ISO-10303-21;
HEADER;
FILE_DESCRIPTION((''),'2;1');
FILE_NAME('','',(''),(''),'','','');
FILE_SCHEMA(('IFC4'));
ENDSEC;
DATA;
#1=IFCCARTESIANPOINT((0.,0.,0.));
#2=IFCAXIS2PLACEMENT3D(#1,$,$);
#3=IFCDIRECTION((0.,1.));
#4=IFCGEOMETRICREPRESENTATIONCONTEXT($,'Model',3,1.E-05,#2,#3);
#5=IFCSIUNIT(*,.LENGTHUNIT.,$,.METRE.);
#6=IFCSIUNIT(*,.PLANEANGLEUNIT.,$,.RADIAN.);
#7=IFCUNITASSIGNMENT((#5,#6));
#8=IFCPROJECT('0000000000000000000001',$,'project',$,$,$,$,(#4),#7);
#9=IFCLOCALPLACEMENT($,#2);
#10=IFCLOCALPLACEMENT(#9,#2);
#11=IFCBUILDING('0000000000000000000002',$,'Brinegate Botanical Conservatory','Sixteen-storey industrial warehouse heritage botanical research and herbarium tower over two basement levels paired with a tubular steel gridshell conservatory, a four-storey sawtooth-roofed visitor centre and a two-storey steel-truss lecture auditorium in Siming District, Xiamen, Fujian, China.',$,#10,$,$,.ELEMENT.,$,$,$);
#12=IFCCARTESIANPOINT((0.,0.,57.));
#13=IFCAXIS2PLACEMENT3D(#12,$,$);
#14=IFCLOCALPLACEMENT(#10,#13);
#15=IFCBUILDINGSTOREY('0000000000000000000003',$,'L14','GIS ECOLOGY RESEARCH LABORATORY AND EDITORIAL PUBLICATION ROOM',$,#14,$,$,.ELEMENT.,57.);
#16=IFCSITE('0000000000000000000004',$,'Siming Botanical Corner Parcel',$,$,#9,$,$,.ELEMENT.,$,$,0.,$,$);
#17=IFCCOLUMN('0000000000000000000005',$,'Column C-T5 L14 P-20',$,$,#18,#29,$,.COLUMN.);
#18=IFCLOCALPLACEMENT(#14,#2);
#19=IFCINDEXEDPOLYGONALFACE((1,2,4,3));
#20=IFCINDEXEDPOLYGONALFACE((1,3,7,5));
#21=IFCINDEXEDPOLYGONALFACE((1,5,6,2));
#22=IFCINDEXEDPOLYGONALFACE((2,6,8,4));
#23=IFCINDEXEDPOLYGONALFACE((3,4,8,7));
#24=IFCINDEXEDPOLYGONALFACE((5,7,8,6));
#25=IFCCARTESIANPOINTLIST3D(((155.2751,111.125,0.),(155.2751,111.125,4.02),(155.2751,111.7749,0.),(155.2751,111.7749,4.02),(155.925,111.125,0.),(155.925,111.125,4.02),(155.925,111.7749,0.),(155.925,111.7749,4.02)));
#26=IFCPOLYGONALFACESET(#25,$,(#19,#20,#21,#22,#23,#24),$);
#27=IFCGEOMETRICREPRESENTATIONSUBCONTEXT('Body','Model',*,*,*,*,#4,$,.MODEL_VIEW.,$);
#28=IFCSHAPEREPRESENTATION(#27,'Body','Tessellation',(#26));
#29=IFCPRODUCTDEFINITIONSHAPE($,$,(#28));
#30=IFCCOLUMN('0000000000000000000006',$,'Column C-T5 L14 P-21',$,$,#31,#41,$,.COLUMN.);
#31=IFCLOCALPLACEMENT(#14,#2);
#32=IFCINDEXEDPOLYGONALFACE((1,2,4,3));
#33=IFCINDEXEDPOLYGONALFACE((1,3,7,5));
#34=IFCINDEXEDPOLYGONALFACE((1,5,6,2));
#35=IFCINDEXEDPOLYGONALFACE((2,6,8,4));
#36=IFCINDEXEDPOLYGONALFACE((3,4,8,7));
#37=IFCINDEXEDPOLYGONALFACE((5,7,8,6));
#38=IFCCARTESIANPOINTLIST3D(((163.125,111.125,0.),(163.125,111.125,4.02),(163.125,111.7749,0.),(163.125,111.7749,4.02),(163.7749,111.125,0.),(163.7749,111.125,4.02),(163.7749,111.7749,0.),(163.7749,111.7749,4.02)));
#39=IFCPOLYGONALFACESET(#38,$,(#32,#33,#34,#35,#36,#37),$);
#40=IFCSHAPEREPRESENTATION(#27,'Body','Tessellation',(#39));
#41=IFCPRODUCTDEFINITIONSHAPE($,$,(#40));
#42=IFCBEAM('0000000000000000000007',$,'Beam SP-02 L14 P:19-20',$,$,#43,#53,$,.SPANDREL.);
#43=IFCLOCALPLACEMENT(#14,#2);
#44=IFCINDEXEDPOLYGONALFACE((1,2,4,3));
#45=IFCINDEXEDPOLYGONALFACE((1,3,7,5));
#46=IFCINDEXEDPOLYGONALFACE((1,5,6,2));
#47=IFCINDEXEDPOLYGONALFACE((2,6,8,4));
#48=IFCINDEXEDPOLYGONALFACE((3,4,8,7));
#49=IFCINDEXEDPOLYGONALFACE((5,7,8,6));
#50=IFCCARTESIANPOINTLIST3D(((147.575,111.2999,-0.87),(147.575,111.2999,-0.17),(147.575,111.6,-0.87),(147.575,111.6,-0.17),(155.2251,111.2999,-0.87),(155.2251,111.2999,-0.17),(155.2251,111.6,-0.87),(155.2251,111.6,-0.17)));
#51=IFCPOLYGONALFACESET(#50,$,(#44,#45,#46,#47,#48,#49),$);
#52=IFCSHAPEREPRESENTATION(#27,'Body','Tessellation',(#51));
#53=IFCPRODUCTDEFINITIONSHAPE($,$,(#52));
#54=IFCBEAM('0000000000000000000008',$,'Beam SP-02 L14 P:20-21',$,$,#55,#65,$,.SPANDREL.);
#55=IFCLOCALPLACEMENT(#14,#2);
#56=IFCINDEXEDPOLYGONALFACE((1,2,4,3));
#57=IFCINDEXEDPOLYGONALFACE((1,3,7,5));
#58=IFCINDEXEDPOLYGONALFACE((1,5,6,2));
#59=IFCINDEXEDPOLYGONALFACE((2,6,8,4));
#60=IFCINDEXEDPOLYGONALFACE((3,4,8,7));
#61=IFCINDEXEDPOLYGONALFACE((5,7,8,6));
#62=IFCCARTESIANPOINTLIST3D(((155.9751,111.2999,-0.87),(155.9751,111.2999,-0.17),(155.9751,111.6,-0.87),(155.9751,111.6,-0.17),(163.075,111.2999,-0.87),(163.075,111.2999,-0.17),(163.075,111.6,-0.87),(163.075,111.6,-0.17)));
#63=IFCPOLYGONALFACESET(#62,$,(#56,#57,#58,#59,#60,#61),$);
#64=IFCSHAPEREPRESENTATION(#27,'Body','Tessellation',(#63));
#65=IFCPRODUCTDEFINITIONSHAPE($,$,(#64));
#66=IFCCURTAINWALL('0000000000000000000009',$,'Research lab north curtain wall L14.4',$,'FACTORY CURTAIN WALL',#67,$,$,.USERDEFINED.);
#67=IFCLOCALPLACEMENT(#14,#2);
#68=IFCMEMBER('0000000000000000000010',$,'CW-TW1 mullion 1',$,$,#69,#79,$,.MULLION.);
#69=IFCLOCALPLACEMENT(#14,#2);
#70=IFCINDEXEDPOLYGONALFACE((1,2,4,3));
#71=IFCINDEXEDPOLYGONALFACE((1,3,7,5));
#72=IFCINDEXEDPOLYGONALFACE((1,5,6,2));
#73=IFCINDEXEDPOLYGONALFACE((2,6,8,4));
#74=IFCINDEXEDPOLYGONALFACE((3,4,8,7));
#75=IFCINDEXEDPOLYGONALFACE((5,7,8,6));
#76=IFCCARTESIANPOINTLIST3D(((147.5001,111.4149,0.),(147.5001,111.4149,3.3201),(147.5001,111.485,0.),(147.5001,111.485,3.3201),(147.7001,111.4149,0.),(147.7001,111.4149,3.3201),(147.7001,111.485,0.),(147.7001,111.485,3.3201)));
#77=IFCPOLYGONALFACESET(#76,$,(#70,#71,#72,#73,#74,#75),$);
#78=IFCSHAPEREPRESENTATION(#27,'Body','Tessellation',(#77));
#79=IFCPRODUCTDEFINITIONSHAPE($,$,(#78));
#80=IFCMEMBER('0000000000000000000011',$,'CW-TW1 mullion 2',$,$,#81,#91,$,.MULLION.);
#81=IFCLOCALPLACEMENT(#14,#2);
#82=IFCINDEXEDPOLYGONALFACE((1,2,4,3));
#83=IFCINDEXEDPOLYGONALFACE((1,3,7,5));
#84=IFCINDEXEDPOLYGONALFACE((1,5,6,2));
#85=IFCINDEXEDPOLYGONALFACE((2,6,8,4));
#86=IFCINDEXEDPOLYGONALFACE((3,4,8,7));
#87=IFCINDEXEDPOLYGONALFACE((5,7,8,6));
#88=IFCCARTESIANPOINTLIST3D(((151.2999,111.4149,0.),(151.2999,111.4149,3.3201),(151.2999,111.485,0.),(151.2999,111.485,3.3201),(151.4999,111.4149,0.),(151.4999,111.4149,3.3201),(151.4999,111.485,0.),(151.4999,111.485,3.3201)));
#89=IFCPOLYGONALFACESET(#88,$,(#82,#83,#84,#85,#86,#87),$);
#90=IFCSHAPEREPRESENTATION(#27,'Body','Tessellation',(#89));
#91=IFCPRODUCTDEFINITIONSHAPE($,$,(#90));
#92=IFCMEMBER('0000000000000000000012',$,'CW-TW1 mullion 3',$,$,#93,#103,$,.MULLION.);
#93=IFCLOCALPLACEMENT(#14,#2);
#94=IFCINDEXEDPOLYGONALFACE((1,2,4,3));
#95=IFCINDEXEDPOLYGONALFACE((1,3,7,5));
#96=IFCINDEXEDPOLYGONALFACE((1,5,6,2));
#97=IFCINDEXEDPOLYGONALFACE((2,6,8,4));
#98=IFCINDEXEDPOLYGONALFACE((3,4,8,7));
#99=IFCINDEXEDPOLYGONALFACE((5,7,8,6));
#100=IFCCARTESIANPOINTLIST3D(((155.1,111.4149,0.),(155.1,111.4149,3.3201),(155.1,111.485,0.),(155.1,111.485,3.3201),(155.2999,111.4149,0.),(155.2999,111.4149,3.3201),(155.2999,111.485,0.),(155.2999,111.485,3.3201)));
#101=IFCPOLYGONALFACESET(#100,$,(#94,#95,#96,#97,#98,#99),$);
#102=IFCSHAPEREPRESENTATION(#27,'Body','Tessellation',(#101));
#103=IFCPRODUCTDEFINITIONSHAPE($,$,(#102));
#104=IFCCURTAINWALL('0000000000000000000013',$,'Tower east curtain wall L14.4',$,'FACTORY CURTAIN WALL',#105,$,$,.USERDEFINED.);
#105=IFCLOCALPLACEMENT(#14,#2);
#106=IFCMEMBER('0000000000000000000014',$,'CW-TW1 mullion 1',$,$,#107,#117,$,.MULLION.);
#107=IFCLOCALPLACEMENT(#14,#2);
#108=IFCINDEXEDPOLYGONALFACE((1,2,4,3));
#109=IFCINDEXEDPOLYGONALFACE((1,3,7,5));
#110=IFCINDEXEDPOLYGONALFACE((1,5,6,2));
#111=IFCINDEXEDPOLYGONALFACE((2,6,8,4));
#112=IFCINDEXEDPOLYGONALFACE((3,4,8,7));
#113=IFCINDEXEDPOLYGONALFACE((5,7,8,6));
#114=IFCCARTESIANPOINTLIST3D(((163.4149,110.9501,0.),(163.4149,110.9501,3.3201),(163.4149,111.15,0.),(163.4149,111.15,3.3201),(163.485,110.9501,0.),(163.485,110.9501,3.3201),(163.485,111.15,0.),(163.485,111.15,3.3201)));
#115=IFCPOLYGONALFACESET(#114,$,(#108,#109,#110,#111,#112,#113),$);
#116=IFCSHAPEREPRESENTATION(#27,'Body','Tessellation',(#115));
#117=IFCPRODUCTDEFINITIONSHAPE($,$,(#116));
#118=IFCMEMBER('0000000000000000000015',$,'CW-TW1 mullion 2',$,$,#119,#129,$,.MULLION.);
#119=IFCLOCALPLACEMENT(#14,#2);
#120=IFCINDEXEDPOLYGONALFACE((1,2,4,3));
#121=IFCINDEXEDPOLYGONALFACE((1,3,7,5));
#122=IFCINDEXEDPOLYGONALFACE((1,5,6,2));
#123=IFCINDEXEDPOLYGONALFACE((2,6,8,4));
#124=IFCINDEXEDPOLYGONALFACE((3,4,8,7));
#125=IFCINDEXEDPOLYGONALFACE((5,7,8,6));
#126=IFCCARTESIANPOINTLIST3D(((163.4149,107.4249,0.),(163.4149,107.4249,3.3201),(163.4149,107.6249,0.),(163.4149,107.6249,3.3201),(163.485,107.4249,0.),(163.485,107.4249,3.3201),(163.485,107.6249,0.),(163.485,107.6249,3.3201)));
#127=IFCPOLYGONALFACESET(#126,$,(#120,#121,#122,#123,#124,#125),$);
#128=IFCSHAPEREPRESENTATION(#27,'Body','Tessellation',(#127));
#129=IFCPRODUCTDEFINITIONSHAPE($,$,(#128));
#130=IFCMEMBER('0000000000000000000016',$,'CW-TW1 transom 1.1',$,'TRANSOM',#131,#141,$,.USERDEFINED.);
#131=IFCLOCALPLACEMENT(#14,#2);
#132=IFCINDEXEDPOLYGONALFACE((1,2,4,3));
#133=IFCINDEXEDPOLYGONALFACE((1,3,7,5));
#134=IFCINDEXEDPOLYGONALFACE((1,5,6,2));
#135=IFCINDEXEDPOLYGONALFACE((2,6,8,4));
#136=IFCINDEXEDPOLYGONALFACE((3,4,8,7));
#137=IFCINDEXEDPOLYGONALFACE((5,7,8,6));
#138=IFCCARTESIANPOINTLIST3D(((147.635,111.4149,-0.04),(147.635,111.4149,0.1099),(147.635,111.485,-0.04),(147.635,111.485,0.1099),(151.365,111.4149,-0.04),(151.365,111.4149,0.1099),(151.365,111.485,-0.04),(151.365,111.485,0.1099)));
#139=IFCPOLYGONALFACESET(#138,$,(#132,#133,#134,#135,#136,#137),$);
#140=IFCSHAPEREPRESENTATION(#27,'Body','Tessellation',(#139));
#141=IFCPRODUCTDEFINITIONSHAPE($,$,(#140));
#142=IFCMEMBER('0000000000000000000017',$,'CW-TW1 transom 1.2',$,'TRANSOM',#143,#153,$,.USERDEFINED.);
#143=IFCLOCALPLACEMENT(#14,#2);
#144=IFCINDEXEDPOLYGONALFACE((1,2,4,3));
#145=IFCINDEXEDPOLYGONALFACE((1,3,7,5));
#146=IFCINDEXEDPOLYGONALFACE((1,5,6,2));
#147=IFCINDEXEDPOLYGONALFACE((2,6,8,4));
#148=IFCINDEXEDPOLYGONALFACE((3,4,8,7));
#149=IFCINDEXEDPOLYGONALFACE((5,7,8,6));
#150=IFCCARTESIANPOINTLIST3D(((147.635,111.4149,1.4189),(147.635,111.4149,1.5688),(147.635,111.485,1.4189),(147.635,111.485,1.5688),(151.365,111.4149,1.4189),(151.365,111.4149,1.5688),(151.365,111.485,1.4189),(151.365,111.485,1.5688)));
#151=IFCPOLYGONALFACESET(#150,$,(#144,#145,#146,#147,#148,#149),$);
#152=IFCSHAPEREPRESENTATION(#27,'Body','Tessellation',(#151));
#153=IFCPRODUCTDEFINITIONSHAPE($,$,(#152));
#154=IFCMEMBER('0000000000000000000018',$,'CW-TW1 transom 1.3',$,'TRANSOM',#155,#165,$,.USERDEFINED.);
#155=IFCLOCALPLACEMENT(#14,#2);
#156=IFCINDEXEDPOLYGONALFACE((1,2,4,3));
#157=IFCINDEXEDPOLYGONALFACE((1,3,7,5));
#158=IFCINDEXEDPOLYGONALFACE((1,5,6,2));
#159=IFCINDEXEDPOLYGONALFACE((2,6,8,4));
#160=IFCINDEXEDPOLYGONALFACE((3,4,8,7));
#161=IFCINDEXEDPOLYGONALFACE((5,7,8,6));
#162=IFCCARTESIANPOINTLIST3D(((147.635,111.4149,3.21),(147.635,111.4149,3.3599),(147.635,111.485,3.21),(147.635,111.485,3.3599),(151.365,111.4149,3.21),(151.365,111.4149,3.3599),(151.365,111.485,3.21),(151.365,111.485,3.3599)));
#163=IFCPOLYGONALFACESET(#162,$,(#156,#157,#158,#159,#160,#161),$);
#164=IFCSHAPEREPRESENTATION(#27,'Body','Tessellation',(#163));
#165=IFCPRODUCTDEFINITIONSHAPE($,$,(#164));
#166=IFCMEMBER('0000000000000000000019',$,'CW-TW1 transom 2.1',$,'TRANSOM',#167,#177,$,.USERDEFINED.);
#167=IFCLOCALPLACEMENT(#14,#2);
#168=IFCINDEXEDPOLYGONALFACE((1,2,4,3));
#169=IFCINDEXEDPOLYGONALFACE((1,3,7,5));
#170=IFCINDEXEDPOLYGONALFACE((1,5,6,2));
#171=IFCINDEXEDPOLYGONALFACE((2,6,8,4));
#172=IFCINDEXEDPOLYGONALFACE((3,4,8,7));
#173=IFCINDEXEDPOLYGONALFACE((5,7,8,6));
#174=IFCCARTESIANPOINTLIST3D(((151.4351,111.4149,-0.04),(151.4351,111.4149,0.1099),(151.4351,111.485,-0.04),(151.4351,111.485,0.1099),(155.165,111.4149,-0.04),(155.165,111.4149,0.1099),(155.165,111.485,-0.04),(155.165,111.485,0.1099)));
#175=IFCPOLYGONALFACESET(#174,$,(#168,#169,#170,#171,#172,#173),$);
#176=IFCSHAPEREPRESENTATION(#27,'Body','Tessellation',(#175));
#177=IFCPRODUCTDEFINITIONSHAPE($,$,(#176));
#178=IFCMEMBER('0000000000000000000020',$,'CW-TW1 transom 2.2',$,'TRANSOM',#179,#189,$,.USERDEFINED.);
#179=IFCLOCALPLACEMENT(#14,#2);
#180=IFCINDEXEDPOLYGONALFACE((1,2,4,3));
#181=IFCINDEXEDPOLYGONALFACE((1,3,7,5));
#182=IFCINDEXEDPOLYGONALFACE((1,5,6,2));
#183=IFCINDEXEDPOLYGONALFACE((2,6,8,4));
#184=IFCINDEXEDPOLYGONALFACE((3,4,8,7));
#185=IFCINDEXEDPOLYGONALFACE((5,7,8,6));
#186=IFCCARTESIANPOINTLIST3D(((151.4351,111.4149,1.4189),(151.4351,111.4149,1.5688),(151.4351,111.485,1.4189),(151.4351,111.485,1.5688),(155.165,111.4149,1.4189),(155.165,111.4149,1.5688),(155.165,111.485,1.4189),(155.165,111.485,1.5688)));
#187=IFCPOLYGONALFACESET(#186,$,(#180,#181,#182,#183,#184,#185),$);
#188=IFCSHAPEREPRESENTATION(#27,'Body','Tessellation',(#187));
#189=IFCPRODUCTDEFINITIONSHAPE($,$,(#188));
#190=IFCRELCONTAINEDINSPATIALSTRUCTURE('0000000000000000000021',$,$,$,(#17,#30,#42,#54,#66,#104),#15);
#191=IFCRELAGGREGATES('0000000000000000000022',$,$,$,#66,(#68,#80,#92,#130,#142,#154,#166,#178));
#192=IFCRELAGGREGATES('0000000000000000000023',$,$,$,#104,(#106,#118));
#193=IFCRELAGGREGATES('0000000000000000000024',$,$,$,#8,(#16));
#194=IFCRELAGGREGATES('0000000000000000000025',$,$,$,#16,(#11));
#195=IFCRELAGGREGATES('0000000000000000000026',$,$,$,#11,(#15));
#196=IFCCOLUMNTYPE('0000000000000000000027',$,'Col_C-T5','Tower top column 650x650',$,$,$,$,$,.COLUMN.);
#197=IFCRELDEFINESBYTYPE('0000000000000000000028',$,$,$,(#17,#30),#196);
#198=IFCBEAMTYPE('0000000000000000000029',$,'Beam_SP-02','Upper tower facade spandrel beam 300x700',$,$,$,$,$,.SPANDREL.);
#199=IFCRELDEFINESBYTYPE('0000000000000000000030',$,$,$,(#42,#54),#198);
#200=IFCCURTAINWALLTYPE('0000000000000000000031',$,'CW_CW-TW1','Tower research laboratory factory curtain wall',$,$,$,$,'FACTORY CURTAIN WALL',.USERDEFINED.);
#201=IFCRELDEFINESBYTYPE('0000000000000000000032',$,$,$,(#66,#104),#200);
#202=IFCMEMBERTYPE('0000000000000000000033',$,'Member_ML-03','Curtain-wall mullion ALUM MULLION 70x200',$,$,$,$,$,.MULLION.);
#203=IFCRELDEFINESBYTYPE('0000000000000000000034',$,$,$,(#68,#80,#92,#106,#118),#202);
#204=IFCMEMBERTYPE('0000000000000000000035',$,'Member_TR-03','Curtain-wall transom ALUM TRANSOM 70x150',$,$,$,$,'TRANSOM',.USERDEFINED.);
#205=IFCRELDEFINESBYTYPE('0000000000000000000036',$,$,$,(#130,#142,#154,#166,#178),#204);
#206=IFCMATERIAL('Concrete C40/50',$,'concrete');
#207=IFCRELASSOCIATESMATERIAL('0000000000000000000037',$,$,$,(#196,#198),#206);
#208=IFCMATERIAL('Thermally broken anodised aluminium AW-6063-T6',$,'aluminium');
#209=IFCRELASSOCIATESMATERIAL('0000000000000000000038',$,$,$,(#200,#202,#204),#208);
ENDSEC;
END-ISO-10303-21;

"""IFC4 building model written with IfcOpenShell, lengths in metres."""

from ifc_helpers import new_model, si_unit, direction, frame, origin, origin_2d, place, context, subcontext, project, spatial, rectangle, extrude, material, material_profile, profile_set, type_object, element, aggregate, save


model = new_model("IFC4")

# Units and contexts
model_context = context("Model", 3, precision=1e-05, world=origin(), true_north=direction((0.0, 1.0)))
body_context = subcontext(model_context, "Body", "Model", "MODEL_VIEW")
ifc_project = project(units=[si_unit("LENGTHUNIT", "METRE"), si_unit("PLANEANGLEUNIT", "RADIAN")], contexts=[model_context])

# Site, building, storey
site_placement = place(None, origin())
site = spatial("IfcSite", under=ifc_project, at=site_placement, Name="Siming Botanical Corner Parcel", CompositionType="ELEMENT", RefElevation=0.0)
building_placement = place(site_placement, origin())
building = spatial("IfcBuilding", under=site, at=building_placement, Name="Brinegate Botanical Conservatory", Description="Sixteen-storey industrial warehouse heritage botanical research and herbarium tower over two basement levels paired with a tubular steel gridshell conservatory, a four-storey sawtooth-roofed visitor centre and a two-storey steel-truss lecture auditorium in Siming District, Xiamen, Fujian, China.", CompositionType="ELEMENT")
storey_placement = place(building_placement, frame((0.0, 0.0, 57.0)))
storey = spatial("IfcBuildingStorey", under=building, at=storey_placement, Name="L14", Description="GIS ECOLOGY RESEARCH LABORATORY AND EDITORIAL PUBLICATION ROOM", CompositionType="ELEMENT", Elevation=57.0)

# Columns
ifc_material_1 = material(Name="Concrete C40/50", Category="concrete")
ifc_material_profile_1 = material_profile(ifc_material_1, rectangle(XDim=0.6499, YDim=0.6499, at=origin_2d()), Name="RC COL 650x650")
ifc_profile_set_1 = profile_set([ifc_material_profile_1], Name="Concrete C40/50")
column_type = type_object("IfcColumnType", Name="Col_C-T5", Description="Tower top column 650x650", PredefinedType="COLUMN", material=ifc_profile_set_1)
for number, where, z_axis, x_axis, name in (
    (1, (155.6001, 111.45, 0.0), (0.0, 0.0, 1.0), (1.0, 0.0, 0.0), "Column C-T5 L14 P-20"),
    (2, (163.45, 111.45, 0.0), (0.0, 0.0, 1.0), (1.0, 0.0, 0.0), "Column C-T5 L14 P-21"),
):
    element("IfcColumn", number, at=place(storey_placement, frame(where, z_axis=z_axis, x_axis=x_axis)), inside=storey, type_object=column_type, Name=name, PredefinedType="COLUMN", context=body_context, shape_type="SweptSolid", body=[
        extrude(rectangle(XDim=0.6499, YDim=0.6499, at=origin_2d()), origin(), (0.0, 0.0, 1.0), 4.02),
    ])

# Beams
ifc_material_profile_2 = material_profile(ifc_material_1, rectangle(XDim=0.3, YDim=0.7, at=origin_2d()), Name="RC SPN 300x700")
ifc_profile_set_2 = profile_set([ifc_material_profile_2], Name="Concrete C40/50")
beam_type = type_object("IfcBeamType", Name="Beam_SP-02", Description="Upper tower facade spandrel beam 300x700", PredefinedType="SPANDREL", material=ifc_profile_set_2)
beam_1_placement = place(storey_placement, frame((147.575, 111.45, -0.52), z_axis=(1.0, 0.0, 0.0), x_axis=(0.0, 1.0, 0.0)))
element("IfcBeam", 3, at=beam_1_placement, inside=storey, type_object=beam_type, Name="Beam SP-02 L14 P:19-20", PredefinedType="SPANDREL", context=body_context, shape_type="SweptSolid", body=[
    extrude(rectangle(XDim=0.3, YDim=0.7, at=origin_2d()), origin(), (0.0, 0.0, 1.0), 7.6501),
])
beam_2_placement = place(storey_placement, frame((155.9751, 111.45, -0.52), z_axis=(1.0, 0.0, 0.0), x_axis=(0.0, 1.0, 0.0)))
element("IfcBeam", 4, at=beam_2_placement, inside=storey, type_object=beam_type, Name="Beam SP-02 L14 P:20-21", PredefinedType="SPANDREL", context=body_context, shape_type="SweptSolid", body=[
    extrude(rectangle(XDim=0.3, YDim=0.7, at=origin_2d()), origin(), (0.0, 0.0, 1.0), 7.0999),
])

# Curtain walls, members
ifc_material_2 = material(Name="Thermally broken anodised aluminium AW-6063-T6", Category="aluminium")
curtain_wall_type = type_object("IfcCurtainWallType", Name="CW_CW-TW1", Description="Tower research laboratory factory curtain wall", ElementType="FACTORY CURTAIN WALL", PredefinedType="USERDEFINED", material=ifc_material_2)
curtain_wall_1_placement = place(storey_placement, origin())
curtain_wall_1 = element("IfcCurtainWall", 5, at=curtain_wall_1_placement, inside=storey, type_object=curtain_wall_type, Name="Research lab north curtain wall L14.4", ObjectType="FACTORY CURTAIN WALL", PredefinedType="USERDEFINED")
ifc_material_profile_3 = material_profile(ifc_material_2, rectangle(XDim=0.0701, YDim=0.2, at=origin_2d()), Name="ALUM MULLION 70x200")
ifc_profile_set_3 = profile_set([ifc_material_profile_3], Name="Thermally broken anodised aluminium AW-6063-T6")
member_type_1 = type_object("IfcMemberType", Name="Member_ML-03", Description="Curtain-wall mullion ALUM MULLION 70x200", PredefinedType="MULLION", material=ifc_profile_set_3)
member_1_placement = place(storey_placement, frame((147.6001, 111.45, 0.0), z_axis=(0.0, 0.0, 1.0), x_axis=(0.0, 1.0, 0.0)))
member_1 = element("IfcMember", 6, at=member_1_placement, type_object=member_type_1, Name="CW-TW1 mullion 1", PredefinedType="MULLION", context=body_context, shape_type="SweptSolid", body=[
    extrude(rectangle(XDim=0.0701, YDim=0.2, at=origin_2d()), origin(), (0.0, 0.0, 1.0), 3.3201),
])
member_2_placement = place(storey_placement, frame((151.3999, 111.45, 0.0), z_axis=(0.0, 0.0, 1.0), x_axis=(0.0, 1.0, 0.0)))
member_2 = element("IfcMember", 7, at=member_2_placement, type_object=member_type_1, Name="CW-TW1 mullion 2", PredefinedType="MULLION", context=body_context, shape_type="SweptSolid", body=[
    extrude(rectangle(XDim=0.0701, YDim=0.2, at=origin_2d()), origin(), (0.0, 0.0, 1.0), 3.3201),
])
member_3_placement = place(storey_placement, frame((155.2, 111.45, 0.0), z_axis=(0.0, 0.0, 1.0), x_axis=(0.0, 1.0, 0.0)))
member_3 = element("IfcMember", 8, at=member_3_placement, type_object=member_type_1, Name="CW-TW1 mullion 3", PredefinedType="MULLION", context=body_context, shape_type="SweptSolid", body=[
    extrude(rectangle(XDim=0.0701, YDim=0.2, at=origin_2d()), origin(), (0.0, 0.0, 1.0), 3.3201),
])
curtain_wall_2_placement = place(storey_placement, origin())
curtain_wall_2 = element("IfcCurtainWall", 9, at=curtain_wall_2_placement, inside=storey, type_object=curtain_wall_type, Name="Tower east curtain wall L14.4", ObjectType="FACTORY CURTAIN WALL", PredefinedType="USERDEFINED")
member_4_placement = place(storey_placement, frame((163.45, 111.05, 0.0), z_axis=(0.0, 0.0, 1.0), x_axis=(1.0, 0.0, 0.0)))
member_4 = element("IfcMember", 10, at=member_4_placement, type_object=member_type_1, Name="CW-TW1 mullion 1", PredefinedType="MULLION", context=body_context, shape_type="SweptSolid", body=[
    extrude(rectangle(XDim=0.0701, YDim=0.2, at=origin_2d()), origin(), (0.0, 0.0, 1.0), 3.3201),
])
member_5_placement = place(storey_placement, frame((163.45, 107.5249, 0.0), z_axis=(0.0, 0.0, 1.0), x_axis=(1.0, 0.0, 0.0)))
member_5 = element("IfcMember", 11, at=member_5_placement, type_object=member_type_1, Name="CW-TW1 mullion 2", PredefinedType="MULLION", context=body_context, shape_type="SweptSolid", body=[
    extrude(rectangle(XDim=0.0701, YDim=0.2, at=origin_2d()), origin(), (0.0, 0.0, 1.0), 3.3201),
])

# Members
ifc_material_profile_4 = material_profile(ifc_material_2, rectangle(XDim=0.0701, YDim=0.1499, at=origin_2d()), Name="ALUM TRANSOM 70x150")
ifc_profile_set_4 = profile_set([ifc_material_profile_4], Name="Thermally broken anodised aluminium AW-6063-T6")
member_type_2 = type_object("IfcMemberType", Name="Member_TR-03", Description="Curtain-wall transom ALUM TRANSOM 70x150", ElementType="TRANSOM", PredefinedType="USERDEFINED", material=ifc_profile_set_4)
member_6_placement = place(storey_placement, frame((147.635, 111.45, 0.0349), z_axis=(1.0, 0.0, 0.0), x_axis=(0.0, 1.0, 0.0)))
member_6 = element("IfcMember", 12, at=member_6_placement, type_object=member_type_2, Name="CW-TW1 transom 1.1", ObjectType="TRANSOM", PredefinedType="USERDEFINED", context=body_context, shape_type="SweptSolid", body=[
    extrude(rectangle(XDim=0.0701, YDim=0.1499, at=origin_2d()), origin(), (0.0, 0.0, 1.0), 3.73),
])
member_7_placement = place(storey_placement, frame((147.635, 111.45, 1.4939), z_axis=(1.0, 0.0, 0.0), x_axis=(0.0, 1.0, 0.0)))
member_7 = element("IfcMember", 13, at=member_7_placement, type_object=member_type_2, Name="CW-TW1 transom 1.2", ObjectType="TRANSOM", PredefinedType="USERDEFINED", context=body_context, shape_type="SweptSolid", body=[
    extrude(rectangle(XDim=0.0701, YDim=0.1499, at=origin_2d()), origin(), (0.0, 0.0, 1.0), 3.73),
])
member_8_placement = place(storey_placement, frame((147.635, 111.45, 3.2849), z_axis=(1.0, 0.0, 0.0), x_axis=(0.0, 1.0, 0.0)))
member_8 = element("IfcMember", 14, at=member_8_placement, type_object=member_type_2, Name="CW-TW1 transom 1.3", ObjectType="TRANSOM", PredefinedType="USERDEFINED", context=body_context, shape_type="SweptSolid", body=[
    extrude(rectangle(XDim=0.0701, YDim=0.1499, at=origin_2d()), origin(), (0.0, 0.0, 1.0), 3.73),
])
member_9_placement = place(storey_placement, frame((151.4351, 111.45, 0.0349), z_axis=(1.0, 0.0, 0.0), x_axis=(0.0, 1.0, 0.0)))
member_9 = element("IfcMember", 15, at=member_9_placement, type_object=member_type_2, Name="CW-TW1 transom 2.1", ObjectType="TRANSOM", PredefinedType="USERDEFINED", context=body_context, shape_type="SweptSolid", body=[
    extrude(rectangle(XDim=0.0701, YDim=0.1499, at=origin_2d()), origin(), (0.0, 0.0, 1.0), 3.73),
])
member_10_placement = place(storey_placement, frame((151.4351, 111.45, 1.4939), z_axis=(1.0, 0.0, 0.0), x_axis=(0.0, 1.0, 0.0)))
member_10 = element("IfcMember", 16, at=member_10_placement, type_object=member_type_2, Name="CW-TW1 transom 2.2", ObjectType="TRANSOM", PredefinedType="USERDEFINED", context=body_context, shape_type="SweptSolid", body=[
    extrude(rectangle(XDim=0.0701, YDim=0.1499, at=origin_2d()), origin(), (0.0, 0.0, 1.0), 3.73),
])

aggregate(curtain_wall_1, [member_1, member_2, member_3, member_6, member_7, member_8, member_9, member_10])
aggregate(curtain_wall_2, [member_4, member_5])

save(model, "model.ifc")
